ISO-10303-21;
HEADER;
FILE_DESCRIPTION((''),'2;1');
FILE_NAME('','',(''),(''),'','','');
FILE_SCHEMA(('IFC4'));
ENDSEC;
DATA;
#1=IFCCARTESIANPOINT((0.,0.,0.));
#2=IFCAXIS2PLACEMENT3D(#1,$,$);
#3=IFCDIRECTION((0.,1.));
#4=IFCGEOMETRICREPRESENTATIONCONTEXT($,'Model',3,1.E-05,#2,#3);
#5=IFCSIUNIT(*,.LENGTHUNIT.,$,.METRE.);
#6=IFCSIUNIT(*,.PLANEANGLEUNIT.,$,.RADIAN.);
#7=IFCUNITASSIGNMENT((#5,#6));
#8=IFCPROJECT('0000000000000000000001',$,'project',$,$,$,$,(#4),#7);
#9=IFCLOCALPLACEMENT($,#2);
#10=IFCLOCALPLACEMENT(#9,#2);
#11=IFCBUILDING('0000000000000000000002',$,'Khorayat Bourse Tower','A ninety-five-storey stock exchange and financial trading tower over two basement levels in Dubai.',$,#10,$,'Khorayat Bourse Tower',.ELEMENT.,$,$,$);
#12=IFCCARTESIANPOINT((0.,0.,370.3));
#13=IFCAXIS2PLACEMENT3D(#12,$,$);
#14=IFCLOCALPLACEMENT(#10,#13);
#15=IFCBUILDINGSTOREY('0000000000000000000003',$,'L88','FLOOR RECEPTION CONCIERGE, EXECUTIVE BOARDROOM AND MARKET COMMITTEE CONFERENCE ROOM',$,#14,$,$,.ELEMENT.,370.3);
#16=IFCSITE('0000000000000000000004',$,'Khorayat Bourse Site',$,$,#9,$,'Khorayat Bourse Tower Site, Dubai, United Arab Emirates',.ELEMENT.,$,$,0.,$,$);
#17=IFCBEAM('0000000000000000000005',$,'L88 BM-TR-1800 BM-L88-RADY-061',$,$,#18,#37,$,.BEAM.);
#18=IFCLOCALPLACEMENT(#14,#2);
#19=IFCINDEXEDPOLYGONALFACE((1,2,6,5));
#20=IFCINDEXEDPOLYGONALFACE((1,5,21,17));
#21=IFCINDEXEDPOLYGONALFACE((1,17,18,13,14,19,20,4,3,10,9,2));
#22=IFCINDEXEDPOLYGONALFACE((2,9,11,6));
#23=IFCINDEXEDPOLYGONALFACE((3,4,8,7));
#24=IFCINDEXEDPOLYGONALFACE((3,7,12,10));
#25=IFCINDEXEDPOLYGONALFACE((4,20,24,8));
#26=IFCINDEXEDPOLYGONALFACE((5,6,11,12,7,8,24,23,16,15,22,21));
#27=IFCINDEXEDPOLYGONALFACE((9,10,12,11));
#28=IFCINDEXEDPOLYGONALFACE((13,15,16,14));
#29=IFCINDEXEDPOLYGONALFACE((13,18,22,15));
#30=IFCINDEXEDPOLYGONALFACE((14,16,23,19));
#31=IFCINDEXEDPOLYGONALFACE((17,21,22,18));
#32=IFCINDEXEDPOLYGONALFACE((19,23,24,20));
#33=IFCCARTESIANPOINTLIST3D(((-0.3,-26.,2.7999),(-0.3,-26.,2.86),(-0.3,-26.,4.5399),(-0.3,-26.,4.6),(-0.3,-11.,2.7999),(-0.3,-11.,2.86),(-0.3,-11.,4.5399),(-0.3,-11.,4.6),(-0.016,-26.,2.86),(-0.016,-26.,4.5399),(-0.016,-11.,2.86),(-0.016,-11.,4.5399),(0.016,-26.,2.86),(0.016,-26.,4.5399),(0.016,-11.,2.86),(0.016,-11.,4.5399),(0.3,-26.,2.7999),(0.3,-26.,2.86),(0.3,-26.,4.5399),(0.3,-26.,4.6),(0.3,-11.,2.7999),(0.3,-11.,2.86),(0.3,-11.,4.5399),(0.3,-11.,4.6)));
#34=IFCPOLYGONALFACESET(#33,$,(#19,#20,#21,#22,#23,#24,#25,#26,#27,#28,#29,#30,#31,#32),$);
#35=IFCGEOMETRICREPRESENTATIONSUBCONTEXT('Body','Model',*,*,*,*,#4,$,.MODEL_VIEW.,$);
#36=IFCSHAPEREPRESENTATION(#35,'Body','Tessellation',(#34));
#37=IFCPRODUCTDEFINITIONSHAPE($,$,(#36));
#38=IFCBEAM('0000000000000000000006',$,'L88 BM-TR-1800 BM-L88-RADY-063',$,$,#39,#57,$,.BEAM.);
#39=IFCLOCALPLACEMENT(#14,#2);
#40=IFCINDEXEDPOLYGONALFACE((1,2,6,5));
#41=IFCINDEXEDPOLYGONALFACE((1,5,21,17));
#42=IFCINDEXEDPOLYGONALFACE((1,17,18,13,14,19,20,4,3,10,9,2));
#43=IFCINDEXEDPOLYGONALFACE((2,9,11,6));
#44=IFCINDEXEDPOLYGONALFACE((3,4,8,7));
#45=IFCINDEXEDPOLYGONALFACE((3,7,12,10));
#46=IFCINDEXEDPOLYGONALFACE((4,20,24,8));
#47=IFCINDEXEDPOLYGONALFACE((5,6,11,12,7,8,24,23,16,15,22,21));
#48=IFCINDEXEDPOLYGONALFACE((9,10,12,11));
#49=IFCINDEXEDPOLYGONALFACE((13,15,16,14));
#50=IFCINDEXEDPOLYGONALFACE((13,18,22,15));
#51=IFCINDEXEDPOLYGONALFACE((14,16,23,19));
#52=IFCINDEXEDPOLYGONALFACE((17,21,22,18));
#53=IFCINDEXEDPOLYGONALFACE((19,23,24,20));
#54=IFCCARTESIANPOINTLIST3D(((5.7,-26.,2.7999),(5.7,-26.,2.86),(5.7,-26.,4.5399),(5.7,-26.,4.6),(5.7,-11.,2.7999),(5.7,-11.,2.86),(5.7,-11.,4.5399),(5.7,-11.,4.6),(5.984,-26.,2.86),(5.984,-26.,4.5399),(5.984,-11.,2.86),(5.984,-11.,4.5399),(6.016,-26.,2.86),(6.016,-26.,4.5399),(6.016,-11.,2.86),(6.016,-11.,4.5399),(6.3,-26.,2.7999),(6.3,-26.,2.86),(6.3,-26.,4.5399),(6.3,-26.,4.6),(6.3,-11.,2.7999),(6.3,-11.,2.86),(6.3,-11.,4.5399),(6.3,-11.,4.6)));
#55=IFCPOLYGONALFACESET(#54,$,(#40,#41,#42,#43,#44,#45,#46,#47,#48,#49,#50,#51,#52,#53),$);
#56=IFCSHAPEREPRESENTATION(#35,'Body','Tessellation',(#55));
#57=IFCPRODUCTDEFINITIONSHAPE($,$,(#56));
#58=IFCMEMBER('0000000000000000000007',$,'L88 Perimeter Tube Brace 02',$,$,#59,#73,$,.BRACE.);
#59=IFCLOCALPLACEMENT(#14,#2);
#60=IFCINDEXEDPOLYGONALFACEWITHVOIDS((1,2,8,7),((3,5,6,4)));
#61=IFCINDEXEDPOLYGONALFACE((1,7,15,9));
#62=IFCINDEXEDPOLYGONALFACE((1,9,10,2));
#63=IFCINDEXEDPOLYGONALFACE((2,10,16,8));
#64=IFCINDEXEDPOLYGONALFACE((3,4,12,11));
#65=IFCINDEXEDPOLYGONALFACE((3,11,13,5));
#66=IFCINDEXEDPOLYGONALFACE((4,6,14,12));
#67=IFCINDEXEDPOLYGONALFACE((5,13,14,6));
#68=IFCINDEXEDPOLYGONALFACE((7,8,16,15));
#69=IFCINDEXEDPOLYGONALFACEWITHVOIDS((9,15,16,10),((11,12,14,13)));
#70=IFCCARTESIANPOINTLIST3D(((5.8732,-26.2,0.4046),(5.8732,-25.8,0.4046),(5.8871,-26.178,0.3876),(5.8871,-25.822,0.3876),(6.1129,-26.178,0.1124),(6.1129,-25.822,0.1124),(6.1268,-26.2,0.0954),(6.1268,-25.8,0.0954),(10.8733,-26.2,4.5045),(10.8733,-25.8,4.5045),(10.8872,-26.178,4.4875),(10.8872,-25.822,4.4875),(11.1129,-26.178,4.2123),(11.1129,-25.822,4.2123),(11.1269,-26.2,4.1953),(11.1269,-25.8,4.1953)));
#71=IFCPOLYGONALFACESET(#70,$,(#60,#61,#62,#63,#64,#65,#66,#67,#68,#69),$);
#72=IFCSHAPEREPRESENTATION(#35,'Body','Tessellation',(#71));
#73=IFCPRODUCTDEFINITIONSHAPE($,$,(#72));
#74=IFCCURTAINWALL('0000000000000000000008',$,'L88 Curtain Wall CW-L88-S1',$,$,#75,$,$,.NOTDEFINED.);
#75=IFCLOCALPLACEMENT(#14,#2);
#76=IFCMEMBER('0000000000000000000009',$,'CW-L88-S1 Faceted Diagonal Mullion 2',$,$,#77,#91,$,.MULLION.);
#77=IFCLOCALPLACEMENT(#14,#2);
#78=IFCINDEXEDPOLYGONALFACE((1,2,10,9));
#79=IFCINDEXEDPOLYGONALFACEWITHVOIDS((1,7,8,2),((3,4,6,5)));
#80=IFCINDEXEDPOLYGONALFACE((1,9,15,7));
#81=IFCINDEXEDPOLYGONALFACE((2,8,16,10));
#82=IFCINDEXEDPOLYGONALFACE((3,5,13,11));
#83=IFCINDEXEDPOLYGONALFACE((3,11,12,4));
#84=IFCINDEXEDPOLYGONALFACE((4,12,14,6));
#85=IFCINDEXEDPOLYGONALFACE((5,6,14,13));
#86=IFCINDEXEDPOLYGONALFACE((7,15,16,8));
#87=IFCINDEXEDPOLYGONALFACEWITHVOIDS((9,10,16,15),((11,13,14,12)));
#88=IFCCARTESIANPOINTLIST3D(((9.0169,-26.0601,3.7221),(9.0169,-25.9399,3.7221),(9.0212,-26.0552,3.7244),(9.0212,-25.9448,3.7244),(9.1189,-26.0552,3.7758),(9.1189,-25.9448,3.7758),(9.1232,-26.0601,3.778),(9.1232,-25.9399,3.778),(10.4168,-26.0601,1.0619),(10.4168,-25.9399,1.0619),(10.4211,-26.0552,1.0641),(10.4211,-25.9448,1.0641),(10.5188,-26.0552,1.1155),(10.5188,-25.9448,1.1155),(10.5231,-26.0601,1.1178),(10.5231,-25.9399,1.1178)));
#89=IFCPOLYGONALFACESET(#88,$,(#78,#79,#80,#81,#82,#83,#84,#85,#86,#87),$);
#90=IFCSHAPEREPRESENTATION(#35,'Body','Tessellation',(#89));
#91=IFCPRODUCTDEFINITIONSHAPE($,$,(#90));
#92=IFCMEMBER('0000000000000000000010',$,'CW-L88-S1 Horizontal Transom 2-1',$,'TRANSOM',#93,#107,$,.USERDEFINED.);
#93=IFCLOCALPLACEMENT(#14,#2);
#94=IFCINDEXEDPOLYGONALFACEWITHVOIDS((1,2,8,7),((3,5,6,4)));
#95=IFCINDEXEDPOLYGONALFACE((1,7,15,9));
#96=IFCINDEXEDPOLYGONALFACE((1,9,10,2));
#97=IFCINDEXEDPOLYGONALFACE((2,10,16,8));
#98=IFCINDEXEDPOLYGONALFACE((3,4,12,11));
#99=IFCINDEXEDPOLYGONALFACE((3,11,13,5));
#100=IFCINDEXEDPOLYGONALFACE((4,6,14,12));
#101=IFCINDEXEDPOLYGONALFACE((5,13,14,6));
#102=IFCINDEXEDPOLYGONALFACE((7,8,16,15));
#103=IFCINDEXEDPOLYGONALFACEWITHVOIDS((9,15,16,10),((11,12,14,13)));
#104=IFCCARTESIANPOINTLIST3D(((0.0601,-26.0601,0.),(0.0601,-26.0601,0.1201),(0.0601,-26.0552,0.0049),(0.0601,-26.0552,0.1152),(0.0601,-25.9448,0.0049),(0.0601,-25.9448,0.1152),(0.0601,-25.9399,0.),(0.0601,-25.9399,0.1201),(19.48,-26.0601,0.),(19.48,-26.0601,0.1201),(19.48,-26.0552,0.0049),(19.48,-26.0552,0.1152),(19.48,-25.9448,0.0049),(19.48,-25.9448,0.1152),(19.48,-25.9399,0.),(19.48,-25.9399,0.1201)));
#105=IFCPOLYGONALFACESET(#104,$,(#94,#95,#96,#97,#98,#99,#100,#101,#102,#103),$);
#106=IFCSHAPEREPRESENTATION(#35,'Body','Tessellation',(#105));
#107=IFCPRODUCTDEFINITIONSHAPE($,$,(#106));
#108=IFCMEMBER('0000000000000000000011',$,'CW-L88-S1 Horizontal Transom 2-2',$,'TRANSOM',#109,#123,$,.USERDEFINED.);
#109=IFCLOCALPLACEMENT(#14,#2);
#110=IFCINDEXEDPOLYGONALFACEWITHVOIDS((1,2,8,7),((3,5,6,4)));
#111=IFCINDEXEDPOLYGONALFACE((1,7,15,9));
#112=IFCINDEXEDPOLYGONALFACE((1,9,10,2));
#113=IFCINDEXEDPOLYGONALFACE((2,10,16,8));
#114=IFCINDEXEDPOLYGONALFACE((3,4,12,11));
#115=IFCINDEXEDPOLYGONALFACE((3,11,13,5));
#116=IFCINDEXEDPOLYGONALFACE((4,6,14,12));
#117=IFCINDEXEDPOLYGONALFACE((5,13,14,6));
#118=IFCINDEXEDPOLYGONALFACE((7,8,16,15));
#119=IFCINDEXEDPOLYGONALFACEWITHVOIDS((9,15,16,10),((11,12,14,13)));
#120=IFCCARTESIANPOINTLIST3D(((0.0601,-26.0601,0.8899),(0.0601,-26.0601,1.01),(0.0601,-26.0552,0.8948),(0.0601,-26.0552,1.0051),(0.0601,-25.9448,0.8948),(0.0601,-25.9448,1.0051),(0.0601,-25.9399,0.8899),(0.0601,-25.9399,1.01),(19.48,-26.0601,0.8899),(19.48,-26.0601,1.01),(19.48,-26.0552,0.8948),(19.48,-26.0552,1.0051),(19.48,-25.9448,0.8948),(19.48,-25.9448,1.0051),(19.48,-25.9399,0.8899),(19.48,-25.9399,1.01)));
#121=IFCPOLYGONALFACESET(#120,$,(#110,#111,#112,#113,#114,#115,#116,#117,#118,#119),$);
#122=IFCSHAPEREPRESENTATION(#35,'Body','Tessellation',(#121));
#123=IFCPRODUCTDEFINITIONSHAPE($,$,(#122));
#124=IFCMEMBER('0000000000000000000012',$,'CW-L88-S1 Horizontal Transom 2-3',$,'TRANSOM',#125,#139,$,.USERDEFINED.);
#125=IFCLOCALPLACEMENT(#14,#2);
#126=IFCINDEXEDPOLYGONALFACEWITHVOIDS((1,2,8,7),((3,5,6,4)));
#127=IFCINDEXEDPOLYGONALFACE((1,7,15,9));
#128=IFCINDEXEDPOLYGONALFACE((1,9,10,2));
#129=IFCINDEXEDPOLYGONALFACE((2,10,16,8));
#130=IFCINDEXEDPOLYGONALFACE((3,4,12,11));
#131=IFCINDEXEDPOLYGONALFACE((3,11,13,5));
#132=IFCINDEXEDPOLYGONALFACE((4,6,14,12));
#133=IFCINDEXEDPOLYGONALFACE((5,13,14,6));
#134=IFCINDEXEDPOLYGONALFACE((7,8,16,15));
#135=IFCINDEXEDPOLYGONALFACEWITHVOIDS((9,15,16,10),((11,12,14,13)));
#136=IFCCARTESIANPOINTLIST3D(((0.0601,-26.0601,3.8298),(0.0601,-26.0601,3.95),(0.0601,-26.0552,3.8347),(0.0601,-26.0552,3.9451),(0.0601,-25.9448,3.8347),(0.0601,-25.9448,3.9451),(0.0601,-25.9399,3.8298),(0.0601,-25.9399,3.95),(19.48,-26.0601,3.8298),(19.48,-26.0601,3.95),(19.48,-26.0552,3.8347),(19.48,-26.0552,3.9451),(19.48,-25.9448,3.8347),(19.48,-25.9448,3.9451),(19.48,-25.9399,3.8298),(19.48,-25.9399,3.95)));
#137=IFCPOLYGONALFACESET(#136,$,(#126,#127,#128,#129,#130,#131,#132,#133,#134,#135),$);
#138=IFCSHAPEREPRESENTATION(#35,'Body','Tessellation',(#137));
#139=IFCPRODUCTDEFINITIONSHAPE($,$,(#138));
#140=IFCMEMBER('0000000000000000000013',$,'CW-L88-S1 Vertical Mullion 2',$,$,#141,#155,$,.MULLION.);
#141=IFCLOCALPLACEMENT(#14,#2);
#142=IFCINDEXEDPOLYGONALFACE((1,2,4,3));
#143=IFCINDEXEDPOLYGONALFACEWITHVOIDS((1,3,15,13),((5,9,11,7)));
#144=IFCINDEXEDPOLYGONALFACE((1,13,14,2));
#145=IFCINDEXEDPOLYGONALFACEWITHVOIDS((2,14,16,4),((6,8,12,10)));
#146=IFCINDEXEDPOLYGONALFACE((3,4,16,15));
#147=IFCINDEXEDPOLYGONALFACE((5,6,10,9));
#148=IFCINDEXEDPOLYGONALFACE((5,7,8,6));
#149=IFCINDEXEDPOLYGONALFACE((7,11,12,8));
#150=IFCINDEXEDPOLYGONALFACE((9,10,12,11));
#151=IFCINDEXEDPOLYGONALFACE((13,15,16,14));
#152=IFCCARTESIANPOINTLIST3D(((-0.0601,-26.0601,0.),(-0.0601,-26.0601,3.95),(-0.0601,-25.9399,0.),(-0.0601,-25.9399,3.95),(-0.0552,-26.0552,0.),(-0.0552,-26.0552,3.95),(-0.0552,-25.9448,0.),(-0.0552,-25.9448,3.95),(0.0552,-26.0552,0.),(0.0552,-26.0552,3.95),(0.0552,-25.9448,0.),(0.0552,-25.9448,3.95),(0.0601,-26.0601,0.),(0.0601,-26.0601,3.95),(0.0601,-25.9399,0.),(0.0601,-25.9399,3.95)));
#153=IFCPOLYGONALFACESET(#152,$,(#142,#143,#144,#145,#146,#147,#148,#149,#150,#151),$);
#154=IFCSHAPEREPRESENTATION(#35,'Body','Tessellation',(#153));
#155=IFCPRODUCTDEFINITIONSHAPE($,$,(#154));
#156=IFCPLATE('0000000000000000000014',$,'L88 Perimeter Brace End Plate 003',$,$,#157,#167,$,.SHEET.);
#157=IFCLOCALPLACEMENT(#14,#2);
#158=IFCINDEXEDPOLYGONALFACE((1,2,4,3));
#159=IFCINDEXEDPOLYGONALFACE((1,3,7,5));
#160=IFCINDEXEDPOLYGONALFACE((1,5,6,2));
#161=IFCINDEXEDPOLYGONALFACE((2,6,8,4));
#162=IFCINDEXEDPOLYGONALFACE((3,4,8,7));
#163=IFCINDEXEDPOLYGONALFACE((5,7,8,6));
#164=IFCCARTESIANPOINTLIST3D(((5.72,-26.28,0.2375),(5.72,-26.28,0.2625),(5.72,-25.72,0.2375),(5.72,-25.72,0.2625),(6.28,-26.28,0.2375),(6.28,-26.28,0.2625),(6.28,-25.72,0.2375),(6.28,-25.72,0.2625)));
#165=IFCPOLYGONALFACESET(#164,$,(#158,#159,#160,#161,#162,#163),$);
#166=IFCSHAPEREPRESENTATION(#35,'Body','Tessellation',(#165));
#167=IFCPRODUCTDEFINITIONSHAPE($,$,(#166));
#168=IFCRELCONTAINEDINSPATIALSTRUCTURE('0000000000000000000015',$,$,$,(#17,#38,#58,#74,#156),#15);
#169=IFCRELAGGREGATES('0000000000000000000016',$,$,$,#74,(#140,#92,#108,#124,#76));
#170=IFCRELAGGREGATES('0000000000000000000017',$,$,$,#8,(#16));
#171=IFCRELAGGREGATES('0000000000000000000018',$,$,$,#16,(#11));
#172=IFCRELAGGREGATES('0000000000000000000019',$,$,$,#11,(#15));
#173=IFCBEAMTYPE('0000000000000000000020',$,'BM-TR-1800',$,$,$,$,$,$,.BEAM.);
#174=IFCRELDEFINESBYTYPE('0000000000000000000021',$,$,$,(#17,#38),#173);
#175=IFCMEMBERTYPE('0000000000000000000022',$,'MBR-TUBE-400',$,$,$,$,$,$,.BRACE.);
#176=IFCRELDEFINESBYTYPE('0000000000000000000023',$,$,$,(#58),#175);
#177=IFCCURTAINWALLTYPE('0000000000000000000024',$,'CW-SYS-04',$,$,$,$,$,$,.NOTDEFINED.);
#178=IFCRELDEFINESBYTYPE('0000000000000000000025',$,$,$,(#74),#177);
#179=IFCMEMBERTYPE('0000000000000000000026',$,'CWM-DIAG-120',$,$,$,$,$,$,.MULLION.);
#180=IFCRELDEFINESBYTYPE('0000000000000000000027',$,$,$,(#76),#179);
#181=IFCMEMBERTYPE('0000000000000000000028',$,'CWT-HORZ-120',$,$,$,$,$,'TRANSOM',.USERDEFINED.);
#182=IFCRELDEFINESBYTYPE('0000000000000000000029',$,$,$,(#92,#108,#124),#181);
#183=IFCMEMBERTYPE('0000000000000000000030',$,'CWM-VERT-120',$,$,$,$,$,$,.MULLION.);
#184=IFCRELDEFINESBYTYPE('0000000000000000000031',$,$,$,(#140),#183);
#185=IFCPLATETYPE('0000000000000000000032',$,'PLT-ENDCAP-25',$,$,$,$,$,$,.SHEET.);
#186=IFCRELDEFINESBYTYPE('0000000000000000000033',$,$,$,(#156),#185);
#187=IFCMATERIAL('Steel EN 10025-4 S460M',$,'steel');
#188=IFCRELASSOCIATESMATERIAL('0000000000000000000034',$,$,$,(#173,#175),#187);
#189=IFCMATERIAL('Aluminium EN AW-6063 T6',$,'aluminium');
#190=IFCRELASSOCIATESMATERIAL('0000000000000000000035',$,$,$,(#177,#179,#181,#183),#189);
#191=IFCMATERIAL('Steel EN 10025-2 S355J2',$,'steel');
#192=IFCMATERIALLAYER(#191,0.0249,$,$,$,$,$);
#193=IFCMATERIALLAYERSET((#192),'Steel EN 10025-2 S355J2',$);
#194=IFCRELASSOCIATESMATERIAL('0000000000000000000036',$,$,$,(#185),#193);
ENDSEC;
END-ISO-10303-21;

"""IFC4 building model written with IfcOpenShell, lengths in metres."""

from ifc_helpers import new_model, si_unit, direction, frame, origin, origin_2d, place, context, subcontext, project, spatial, rectangle, hollow_rectangle, i_section, extrude, source, transform, mapped, material, layer, layer_set, material_profile, profile_set, type_object, element, aggregate, save


model = new_model("IFC4")

# Units and contexts
model_context = context("Model", 3, precision=1e-05, world=origin(), true_north=direction((0.0, 1.0)))
body_context = subcontext(model_context, "Body", "Model", "MODEL_VIEW")
ifc_project = project(units=[si_unit("LENGTHUNIT", "METRE"), si_unit("PLANEANGLEUNIT", "RADIAN")], contexts=[model_context])

# Site, building, storey
site_placement = place(None, origin())
site = spatial("IfcSite", under=ifc_project, at=site_placement, Name="Khorayat Bourse Site", LongName="Khorayat Bourse Tower Site, Dubai, United Arab Emirates", CompositionType="ELEMENT", RefElevation=0.0)
building_placement = place(site_placement, origin())
building = spatial("IfcBuilding", under=site, at=building_placement, Name="Khorayat Bourse Tower", Description="A ninety-five-storey stock exchange and financial trading tower over two basement levels in Dubai.", LongName="Khorayat Bourse Tower", CompositionType="ELEMENT")
storey_placement = place(building_placement, frame((0.0, 0.0, 370.3)))
storey = spatial("IfcBuildingStorey", under=building, at=storey_placement, Name="L88", Description="FLOOR RECEPTION CONCIERGE, EXECUTIVE BOARDROOM AND MARKET COMMITTEE CONFERENCE ROOM", CompositionType="ELEMENT", Elevation=370.3)

# Shared definitions
ifc_material_1 = material(Name="Steel EN 10025-2 S355J2", Category="steel")

# Beams
ifc_material_2 = material(Name="Steel EN 10025-4 S460M", Category="steel")
ifc_material_profile_1 = material_profile(ifc_material_2, i_section(OverallWidth=0.6001, OverallDepth=1.8, WebThickness=0.032, FlangeThickness=0.0601, at=origin_2d()), Name="PG 1800x600x32x60")
ifc_profile_set_1 = profile_set([ifc_material_profile_1], Name="Steel EN 10025-4 S460M")
beam_type_1 = type_object("IfcBeamType", Name="BM-TR-1800", PredefinedType="BEAM", material=ifc_profile_set_1)
shared_shape_1 = source(origin(), body_context, "Body", "SweptSolid", [
    extrude(i_section(OverallWidth=0.6001, OverallDepth=1.8, WebThickness=0.032, FlangeThickness=0.0601, at=origin_2d()), origin(), (0.0, 0.0, 1.0), 15.0),
])
for number, where, z_axis, x_axis, name in (
    (1, (0.0, -26.0, 3.7), (0.0, 1.0, 0.0), (-1.0, 0.0, 0.0), "L88 BM-TR-1800 BM-L88-RADY-061"),
    (2, (6.0, -26.0, 3.7), (0.0, 1.0, 0.0), (-1.0, 0.0, 0.0), "L88 BM-TR-1800 BM-L88-RADY-063"),
):
    element("IfcBeam", number, at=place(storey_placement, frame(where, z_axis=z_axis, x_axis=x_axis)), inside=storey, type_object=beam_type_1, Name=name, PredefinedType="BEAM", context=body_context, shape_type="MappedRepresentation", body=[
        mapped(shared_shape_1, transform((0.0, 0.0, 0.0), scale=1.0)),
    ])

# Member
ifc_material_profile_2 = material_profile(ifc_material_2, hollow_rectangle(XDim=0.3999, YDim=0.3999, WallThickness=0.022, at=origin_2d()), Name="HSS 400x400x22")
ifc_profile_set_2 = profile_set([ifc_material_profile_2], Name="Steel EN 10025-4 S460M")
member_type_1 = type_object("IfcMemberType", Name="MBR-TUBE-400", PredefinedType="BRACE", material=ifc_profile_set_2)
shared_shape_2 = source(origin(), body_context, "Body", "SweptSolid", [
    extrude(hollow_rectangle(XDim=0.3999, YDim=0.3999, WallThickness=0.022, at=origin_2d()), origin(), (0.0, 0.0, 1.0), 6.4661),
])
member_1_placement = place(storey_placement, frame((6.0, -26.0, 0.25), z_axis=(0.773279, 0.0, 0.634066), x_axis=(0.0, 1.0, 0.0)))
element("IfcMember", 3, at=member_1_placement, inside=storey, type_object=member_type_1, Name="L88 Perimeter Tube Brace 02", PredefinedType="BRACE", context=body_context, shape_type="MappedRepresentation", body=[
    mapped(shared_shape_2, transform((0.0, 0.0, 0.0), scale=1.0)),
])

# Curtain wall, members
ifc_material_3 = material(Name="Aluminium EN AW-6063 T6", Category="aluminium")
curtain_wall_type = type_object("IfcCurtainWallType", Name="CW-SYS-04", PredefinedType="NOTDEFINED", material=ifc_material_3)
curtain_wall_placement = place(storey_placement, origin())
curtain_wall = element("IfcCurtainWall", 4, at=curtain_wall_placement, inside=storey, type_object=curtain_wall_type, Name="L88 Curtain Wall CW-L88-S1", PredefinedType="NOTDEFINED")
ifc_material_profile_3 = material_profile(ifc_material_3, hollow_rectangle(XDim=0.1201, YDim=0.1201, WallThickness=0.0049, at=origin_2d()), Name="ALU 120x120x5")
ifc_profile_set_3 = profile_set([ifc_material_profile_3], Name="Aluminium EN AW-6063 T6")
member_type_2 = type_object("IfcMemberType", Name="CWM-DIAG-120", PredefinedType="MULLION", material=ifc_profile_set_3)
shared_shape_3 = source(origin(), body_context, "Body", "SweptSolid", [
    extrude(hollow_rectangle(XDim=0.1201, YDim=0.1201, WallThickness=0.0049, at=origin_2d()), origin(), (0.0, 0.0, 1.0), 3.0061),
])
member_2_placement = place(storey_placement, frame((10.47, -26.0, 1.0898), z_axis=(-0.4657, 0.0, 0.884943), x_axis=(0.0, -1.0, 0.0)))
member_2 = element("IfcMember", 5, at=member_2_placement, type_object=member_type_2, Name="CW-L88-S1 Faceted Diagonal Mullion 2", PredefinedType="MULLION", context=body_context, shape_type="MappedRepresentation", body=[
    mapped(shared_shape_3, transform((0.0, 0.0, 0.0), scale=1.0)),
])
ifc_material_profile_4 = material_profile(ifc_material_3, hollow_rectangle(XDim=0.1201, YDim=0.1201, WallThickness=0.0049, at=origin_2d()), Name="ALU 120x120x5")
ifc_profile_set_4 = profile_set([ifc_material_profile_4], Name="Aluminium EN AW-6063 T6")
member_type_3 = type_object("IfcMemberType", Name="CWT-HORZ-120", ElementType="TRANSOM", PredefinedType="USERDEFINED", material=ifc_profile_set_4)
shared_shape_4 = source(origin(), body_context, "Body", "SweptSolid", [
    extrude(hollow_rectangle(XDim=0.1201, YDim=0.1201, WallThickness=0.0049, at=origin_2d()), origin(), (0.0, 0.0, 1.0), 19.4199),
])
member_3_placement = place(storey_placement, frame((0.0601, -26.0, 0.0601), z_axis=(1.0, 0.0, 0.0), x_axis=(0.0, 1.0, 0.0)))
member_3 = element("IfcMember", 6, at=member_3_placement, type_object=member_type_3, Name="CW-L88-S1 Horizontal Transom 2-1", ObjectType="TRANSOM", PredefinedType="USERDEFINED", context=body_context, shape_type="MappedRepresentation", body=[
    mapped(shared_shape_4, transform((0.0, 0.0, 0.0), scale=1.0)),
])
member_4_placement = place(storey_placement, frame((0.0601, -26.0, 0.95), z_axis=(1.0, 0.0, 0.0), x_axis=(0.0, 1.0, 0.0)))
member_4 = element("IfcMember", 7, at=member_4_placement, type_object=member_type_3, Name="CW-L88-S1 Horizontal Transom 2-2", ObjectType="TRANSOM", PredefinedType="USERDEFINED", context=body_context, shape_type="MappedRepresentation", body=[
    mapped(shared_shape_4, transform((0.0, 0.0, 0.0), scale=1.0)),
])
member_5_placement = place(storey_placement, frame((0.0601, -26.0, 3.8899), z_axis=(1.0, 0.0, 0.0), x_axis=(0.0, 1.0, 0.0)))
member_5 = element("IfcMember", 8, at=member_5_placement, type_object=member_type_3, Name="CW-L88-S1 Horizontal Transom 2-3", ObjectType="TRANSOM", PredefinedType="USERDEFINED", context=body_context, shape_type="MappedRepresentation", body=[
    mapped(shared_shape_4, transform((0.0, 0.0, 0.0), scale=1.0)),
])
ifc_material_profile_5 = material_profile(ifc_material_3, hollow_rectangle(XDim=0.1201, YDim=0.1201, WallThickness=0.0049, at=origin_2d()), Name="ALU 120x120x5")
ifc_profile_set_5 = profile_set([ifc_material_profile_5], Name="Aluminium EN AW-6063 T6")
member_type_4 = type_object("IfcMemberType", Name="CWM-VERT-120", PredefinedType="MULLION", material=ifc_profile_set_5)
shared_shape_5 = source(origin(), body_context, "Body", "SweptSolid", [
    extrude(hollow_rectangle(XDim=0.1201, YDim=0.1201, WallThickness=0.0049, at=origin_2d()), origin(), (0.0, 0.0, 1.0), 3.95),
])
member_6_placement = place(storey_placement, frame((0.0, -26.0, 0.0), z_axis=(0.0, 0.0, 1.0), x_axis=(0.0, 1.0, 0.0)))
member_6 = element("IfcMember", 9, at=member_6_placement, type_object=member_type_4, Name="CW-L88-S1 Vertical Mullion 2", PredefinedType="MULLION", context=body_context, shape_type="MappedRepresentation", body=[
    mapped(shared_shape_5, transform((0.0, 0.0, 0.0), scale=1.0)),
])

# Plate
ifc_layer_1 = layer(ifc_material_1, 0.0249)
ifc_layer_set_1 = layer_set([ifc_layer_1], Name="Steel EN 10025-2 S355J2")
plate_type_1 = type_object("IfcPlateType", Name="PLT-ENDCAP-25", PredefinedType="SHEET", material=ifc_layer_set_1)
shared_shape_6 = source(origin(), body_context, "Body", "SweptSolid", [
    extrude(rectangle(XDim=0.5601, YDim=0.5601, at=origin_2d()), origin(), (0.0, 0.0, 1.0), 0.0249),
])
plate_1_placement = place(storey_placement, frame((6.0, -26.0, 0.2375), z_axis=(0.0, 0.0, 1.0), x_axis=(1.0, 0.0, 0.0)))
element("IfcPlate", 10, at=plate_1_placement, inside=storey, type_object=plate_type_1, Name="L88 Perimeter Brace End Plate 003", PredefinedType="SHEET", context=body_context, shape_type="MappedRepresentation", body=[
    mapped(shared_shape_6, transform((0.0, 0.0, 0.0), scale=1.0)),
])

aggregate(curtain_wall, [member_6, member_3, member_4, member_5, member_2])

save(model, "model.ifc")
